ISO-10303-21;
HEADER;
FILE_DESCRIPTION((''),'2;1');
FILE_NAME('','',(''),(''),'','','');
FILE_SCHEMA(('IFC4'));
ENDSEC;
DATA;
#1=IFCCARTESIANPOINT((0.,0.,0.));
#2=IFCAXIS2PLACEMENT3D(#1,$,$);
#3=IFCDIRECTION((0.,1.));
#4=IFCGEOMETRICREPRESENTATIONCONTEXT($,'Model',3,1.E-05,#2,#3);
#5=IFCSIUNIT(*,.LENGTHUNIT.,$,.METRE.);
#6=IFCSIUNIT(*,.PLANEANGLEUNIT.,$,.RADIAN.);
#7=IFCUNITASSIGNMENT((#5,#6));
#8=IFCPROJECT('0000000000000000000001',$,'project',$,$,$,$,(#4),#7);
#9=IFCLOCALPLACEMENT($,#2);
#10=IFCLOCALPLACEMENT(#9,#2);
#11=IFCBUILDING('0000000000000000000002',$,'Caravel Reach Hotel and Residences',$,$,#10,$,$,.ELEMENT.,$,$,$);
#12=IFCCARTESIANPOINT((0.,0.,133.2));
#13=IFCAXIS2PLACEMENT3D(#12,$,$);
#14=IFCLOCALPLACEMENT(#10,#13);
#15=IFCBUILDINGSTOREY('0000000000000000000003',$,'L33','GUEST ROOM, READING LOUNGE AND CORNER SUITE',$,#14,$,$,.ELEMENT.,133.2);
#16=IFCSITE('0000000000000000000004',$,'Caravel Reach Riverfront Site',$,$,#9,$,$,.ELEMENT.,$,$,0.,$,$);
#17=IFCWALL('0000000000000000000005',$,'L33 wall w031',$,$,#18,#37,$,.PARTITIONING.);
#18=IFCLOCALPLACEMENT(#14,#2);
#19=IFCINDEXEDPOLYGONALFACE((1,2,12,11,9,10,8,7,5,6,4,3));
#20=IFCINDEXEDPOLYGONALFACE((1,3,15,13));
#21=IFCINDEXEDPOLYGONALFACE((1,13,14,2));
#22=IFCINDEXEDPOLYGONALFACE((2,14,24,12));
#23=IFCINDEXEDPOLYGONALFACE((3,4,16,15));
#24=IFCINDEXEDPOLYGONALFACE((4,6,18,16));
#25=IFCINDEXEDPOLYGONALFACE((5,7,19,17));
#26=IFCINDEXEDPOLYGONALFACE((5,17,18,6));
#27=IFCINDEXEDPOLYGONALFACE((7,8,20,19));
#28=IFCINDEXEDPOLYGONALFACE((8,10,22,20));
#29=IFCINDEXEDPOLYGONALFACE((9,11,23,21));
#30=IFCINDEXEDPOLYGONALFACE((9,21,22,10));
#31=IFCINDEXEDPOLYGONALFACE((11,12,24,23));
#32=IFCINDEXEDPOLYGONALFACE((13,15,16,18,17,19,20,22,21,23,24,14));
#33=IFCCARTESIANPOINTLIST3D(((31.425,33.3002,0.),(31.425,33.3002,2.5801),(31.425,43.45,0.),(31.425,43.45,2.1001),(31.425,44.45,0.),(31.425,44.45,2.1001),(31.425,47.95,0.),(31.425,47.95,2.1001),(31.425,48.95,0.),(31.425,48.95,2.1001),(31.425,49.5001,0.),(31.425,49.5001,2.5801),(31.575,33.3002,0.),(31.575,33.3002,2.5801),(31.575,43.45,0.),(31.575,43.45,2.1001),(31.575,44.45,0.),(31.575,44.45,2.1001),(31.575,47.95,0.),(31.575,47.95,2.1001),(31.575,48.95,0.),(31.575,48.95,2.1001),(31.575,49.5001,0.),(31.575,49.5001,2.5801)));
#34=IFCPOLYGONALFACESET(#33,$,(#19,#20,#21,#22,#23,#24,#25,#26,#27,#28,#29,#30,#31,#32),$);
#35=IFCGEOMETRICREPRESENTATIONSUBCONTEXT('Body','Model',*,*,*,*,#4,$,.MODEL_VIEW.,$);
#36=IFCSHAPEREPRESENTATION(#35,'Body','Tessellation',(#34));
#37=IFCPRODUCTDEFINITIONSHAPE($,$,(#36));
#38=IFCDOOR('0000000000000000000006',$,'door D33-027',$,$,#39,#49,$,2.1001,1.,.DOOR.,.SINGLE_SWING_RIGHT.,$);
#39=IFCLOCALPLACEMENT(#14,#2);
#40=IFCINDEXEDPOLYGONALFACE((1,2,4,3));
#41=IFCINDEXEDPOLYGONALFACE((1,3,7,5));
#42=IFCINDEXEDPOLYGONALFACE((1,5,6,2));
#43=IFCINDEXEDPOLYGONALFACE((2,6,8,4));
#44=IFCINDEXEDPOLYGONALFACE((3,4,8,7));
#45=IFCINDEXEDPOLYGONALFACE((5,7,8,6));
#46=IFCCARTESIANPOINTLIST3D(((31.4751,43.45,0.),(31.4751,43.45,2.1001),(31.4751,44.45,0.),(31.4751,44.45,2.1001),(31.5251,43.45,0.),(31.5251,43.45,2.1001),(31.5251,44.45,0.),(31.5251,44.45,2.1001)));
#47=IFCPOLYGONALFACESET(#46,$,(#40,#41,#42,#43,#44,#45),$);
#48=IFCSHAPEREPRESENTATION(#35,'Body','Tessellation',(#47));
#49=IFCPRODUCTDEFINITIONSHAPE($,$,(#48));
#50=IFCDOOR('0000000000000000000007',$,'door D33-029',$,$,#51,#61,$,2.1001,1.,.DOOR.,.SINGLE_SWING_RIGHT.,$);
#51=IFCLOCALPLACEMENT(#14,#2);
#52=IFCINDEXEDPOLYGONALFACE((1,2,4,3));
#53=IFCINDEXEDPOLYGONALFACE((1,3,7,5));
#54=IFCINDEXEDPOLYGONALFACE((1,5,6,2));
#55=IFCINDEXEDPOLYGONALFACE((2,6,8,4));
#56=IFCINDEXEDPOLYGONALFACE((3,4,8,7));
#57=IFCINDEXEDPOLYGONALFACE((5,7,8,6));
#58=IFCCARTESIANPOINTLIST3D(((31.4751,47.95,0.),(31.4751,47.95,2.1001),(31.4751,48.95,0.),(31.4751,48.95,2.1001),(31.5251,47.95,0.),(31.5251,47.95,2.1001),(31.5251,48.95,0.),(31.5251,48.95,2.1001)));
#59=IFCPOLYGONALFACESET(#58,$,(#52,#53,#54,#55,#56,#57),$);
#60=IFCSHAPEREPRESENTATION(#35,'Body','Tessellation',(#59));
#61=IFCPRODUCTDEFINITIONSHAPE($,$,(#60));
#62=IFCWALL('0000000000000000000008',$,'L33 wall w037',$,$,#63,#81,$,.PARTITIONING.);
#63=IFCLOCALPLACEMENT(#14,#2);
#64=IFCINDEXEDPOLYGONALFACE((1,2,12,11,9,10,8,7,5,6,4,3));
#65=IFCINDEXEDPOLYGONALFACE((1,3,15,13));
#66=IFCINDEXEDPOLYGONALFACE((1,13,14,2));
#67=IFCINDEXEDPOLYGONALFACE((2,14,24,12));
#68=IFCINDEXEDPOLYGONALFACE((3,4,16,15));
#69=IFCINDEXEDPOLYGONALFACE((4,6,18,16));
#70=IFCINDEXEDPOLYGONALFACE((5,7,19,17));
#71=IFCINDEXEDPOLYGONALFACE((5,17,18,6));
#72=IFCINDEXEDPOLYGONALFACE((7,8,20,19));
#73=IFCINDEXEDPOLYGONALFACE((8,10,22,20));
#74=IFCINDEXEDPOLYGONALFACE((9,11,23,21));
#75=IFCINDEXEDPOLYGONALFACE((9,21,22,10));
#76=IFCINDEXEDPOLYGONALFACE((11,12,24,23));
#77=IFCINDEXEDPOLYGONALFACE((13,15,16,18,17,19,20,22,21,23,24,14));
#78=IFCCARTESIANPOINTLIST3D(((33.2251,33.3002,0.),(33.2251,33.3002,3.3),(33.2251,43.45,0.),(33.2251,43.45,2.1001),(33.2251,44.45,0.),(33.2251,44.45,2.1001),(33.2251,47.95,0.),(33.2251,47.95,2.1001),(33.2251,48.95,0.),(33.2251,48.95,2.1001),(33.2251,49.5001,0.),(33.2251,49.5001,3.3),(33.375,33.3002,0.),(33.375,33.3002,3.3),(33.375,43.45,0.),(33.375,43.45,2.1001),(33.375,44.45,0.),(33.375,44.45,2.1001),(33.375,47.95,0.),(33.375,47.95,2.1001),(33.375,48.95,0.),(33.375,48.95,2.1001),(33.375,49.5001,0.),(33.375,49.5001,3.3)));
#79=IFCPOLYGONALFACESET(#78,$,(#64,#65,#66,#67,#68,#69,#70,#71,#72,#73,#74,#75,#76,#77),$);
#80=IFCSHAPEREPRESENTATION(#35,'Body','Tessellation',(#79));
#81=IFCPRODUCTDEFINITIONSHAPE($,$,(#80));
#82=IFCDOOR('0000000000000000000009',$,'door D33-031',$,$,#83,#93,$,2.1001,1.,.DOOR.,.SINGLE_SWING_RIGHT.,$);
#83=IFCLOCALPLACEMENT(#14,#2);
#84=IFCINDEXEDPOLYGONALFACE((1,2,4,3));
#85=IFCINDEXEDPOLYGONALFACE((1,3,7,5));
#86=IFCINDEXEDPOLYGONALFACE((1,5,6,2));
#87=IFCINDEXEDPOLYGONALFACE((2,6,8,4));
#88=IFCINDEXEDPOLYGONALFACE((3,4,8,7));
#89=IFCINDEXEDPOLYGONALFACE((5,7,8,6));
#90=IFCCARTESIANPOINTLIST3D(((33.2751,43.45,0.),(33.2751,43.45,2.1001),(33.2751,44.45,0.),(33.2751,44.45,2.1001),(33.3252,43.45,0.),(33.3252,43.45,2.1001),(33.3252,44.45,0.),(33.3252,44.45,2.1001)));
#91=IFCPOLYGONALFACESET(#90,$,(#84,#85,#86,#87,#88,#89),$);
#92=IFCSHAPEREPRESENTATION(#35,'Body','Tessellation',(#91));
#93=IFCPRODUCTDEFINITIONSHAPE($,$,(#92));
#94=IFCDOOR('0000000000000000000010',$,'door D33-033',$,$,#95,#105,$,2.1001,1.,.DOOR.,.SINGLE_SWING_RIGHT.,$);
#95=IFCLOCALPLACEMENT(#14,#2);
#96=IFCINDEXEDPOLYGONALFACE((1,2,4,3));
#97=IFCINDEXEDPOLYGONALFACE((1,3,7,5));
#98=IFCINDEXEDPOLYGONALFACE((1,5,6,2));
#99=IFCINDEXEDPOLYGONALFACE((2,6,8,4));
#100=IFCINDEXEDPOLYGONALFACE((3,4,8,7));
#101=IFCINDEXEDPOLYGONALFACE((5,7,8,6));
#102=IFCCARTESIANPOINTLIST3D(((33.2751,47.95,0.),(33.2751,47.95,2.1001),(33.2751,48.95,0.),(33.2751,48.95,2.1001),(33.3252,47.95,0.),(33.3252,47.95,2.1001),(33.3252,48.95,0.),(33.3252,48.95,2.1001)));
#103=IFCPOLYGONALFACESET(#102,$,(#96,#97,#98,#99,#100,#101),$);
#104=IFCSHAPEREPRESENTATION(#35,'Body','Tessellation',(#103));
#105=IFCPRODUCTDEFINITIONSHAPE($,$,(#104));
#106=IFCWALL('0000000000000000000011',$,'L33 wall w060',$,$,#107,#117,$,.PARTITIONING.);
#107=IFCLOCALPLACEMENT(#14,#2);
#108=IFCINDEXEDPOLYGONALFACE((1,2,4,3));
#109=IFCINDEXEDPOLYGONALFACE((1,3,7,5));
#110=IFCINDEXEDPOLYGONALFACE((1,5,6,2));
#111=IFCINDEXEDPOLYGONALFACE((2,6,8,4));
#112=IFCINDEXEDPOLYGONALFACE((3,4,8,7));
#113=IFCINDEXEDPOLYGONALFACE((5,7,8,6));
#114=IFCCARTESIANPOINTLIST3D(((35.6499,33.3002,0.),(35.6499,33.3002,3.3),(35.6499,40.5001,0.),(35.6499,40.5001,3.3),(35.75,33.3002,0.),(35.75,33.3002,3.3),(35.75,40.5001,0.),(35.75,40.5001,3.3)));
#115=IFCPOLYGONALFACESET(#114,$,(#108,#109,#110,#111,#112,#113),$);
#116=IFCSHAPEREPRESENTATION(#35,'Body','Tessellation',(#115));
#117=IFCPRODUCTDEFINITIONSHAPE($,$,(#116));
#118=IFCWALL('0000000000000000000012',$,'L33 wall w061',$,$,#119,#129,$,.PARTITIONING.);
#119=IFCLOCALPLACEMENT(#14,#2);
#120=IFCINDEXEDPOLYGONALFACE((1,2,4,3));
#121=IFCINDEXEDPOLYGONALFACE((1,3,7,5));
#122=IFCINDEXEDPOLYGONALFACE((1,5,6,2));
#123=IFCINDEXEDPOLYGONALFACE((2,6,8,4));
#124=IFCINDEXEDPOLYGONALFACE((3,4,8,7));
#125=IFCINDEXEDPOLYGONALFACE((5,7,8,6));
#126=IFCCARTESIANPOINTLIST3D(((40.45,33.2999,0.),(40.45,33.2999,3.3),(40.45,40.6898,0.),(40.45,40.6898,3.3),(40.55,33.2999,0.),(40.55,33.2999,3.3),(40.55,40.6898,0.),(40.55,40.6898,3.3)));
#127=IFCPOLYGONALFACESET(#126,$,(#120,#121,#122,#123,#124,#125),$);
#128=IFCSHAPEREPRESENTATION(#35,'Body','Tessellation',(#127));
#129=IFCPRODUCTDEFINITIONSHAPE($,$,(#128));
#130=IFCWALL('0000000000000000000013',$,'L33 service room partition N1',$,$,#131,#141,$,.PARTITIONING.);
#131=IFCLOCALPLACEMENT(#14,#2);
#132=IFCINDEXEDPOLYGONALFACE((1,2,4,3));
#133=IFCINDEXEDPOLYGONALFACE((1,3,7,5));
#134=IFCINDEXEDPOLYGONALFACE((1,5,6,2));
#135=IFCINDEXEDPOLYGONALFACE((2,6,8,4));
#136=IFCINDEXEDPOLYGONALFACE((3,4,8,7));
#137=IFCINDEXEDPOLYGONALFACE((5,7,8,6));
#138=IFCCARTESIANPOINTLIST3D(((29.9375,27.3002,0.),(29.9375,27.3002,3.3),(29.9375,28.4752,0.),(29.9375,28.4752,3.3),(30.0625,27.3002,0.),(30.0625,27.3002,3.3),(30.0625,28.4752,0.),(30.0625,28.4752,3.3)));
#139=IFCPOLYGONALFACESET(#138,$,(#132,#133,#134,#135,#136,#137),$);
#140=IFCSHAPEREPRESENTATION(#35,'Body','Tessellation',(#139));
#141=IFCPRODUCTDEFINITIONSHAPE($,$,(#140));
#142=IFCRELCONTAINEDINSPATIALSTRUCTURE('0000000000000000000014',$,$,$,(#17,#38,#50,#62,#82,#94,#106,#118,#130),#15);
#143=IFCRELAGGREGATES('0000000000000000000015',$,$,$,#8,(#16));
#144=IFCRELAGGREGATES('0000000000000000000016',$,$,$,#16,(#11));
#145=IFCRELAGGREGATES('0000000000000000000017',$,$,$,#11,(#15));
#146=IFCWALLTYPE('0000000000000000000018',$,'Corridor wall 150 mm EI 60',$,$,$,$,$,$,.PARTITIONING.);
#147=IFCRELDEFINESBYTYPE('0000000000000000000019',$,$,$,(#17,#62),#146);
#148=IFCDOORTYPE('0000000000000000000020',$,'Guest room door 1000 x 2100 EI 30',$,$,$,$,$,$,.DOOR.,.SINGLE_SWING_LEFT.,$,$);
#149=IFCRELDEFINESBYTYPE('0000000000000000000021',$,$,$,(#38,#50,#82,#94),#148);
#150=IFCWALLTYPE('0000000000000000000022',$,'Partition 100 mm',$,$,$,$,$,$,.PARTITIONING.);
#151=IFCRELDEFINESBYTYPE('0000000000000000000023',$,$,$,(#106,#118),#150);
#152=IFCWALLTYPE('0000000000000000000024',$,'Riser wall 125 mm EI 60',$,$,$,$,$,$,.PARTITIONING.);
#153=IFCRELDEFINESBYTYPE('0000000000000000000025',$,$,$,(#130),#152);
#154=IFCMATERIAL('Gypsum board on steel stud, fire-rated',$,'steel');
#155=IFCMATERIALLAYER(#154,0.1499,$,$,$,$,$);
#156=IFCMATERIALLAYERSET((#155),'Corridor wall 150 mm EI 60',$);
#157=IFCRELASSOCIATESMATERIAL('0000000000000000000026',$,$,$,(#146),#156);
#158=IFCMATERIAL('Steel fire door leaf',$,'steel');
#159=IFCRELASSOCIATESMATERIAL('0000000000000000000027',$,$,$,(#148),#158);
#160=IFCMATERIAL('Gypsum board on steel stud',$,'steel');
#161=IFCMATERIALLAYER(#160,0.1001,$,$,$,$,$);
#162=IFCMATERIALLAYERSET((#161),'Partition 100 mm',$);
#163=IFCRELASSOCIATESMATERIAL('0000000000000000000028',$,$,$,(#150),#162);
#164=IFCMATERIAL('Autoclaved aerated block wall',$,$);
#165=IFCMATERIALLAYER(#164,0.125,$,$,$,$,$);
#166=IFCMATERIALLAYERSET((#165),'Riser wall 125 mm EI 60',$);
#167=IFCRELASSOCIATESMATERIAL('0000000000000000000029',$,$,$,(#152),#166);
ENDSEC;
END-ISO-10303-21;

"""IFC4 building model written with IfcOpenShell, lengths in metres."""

from ifc_helpers import new_model, si_unit, direction, frame, frame_2d, origin, place, context, subcontext, project, spatial, rectangle, extrude, material, layer, layer_set, type_object, element, fill, save


model = new_model("IFC4")

# Units and contexts
model_context = context("Model", 3, precision=1e-05, world=origin(), true_north=direction((0.0, 1.0)))
body_context = subcontext(model_context, "Body", "Model", "MODEL_VIEW")
ifc_project = project(units=[si_unit("LENGTHUNIT", "METRE"), si_unit("PLANEANGLEUNIT", "RADIAN")], contexts=[model_context])

# Site, building, storey
site_placement = place(None, origin())
site = spatial("IfcSite", under=ifc_project, at=site_placement, Name="Caravel Reach Riverfront Site", CompositionType="ELEMENT", RefElevation=0.0)
building_placement = place(site_placement, origin())
building = spatial("IfcBuilding", under=site, at=building_placement, Name="Caravel Reach Hotel and Residences", CompositionType="ELEMENT")
storey_placement = place(building_placement, frame((0.0, 0.0, 133.2)))
storey = spatial("IfcBuildingStorey", under=building, at=storey_placement, Name="L33", Description="GUEST ROOM, READING LOUNGE AND CORNER SUITE", CompositionType="ELEMENT", Elevation=133.2)

# Walls, openings, doors
ifc_material_1 = material(Name="Gypsum board on steel stud, fire-rated", Category="steel")
ifc_layer_1 = layer(ifc_material_1, 0.1499)
ifc_layer_set_1 = layer_set([ifc_layer_1], Name="Corridor wall 150 mm EI 60")
wall_type_1 = type_object("IfcWallType", Name="Corridor wall 150 mm EI 60", PredefinedType="PARTITIONING", material=ifc_layer_set_1)
ifc_material_2 = material(Name="Steel fire door leaf", Category="steel")
door_type_1 = type_object("IfcDoorType", Name="Guest room door 1000 x 2100 EI 30", OperationType="SINGLE_SWING_LEFT", PredefinedType="DOOR", material=ifc_material_2)
wall_1_placement = place(storey_placement, frame((31.5, 33.3, 0.0), z_axis=(0.0, 0.0, 1.0), x_axis=(0.0, 1.0, 0.0)))
wall_1 = element("IfcWall", 1, at=wall_1_placement, inside=storey, type_object=wall_type_1, Name="L33 wall w031", PredefinedType="PARTITIONING", context=body_context, shape_type="SweptSolid", body=[
    extrude(rectangle(XDim=16.2, YDim=0.1499, at=frame_2d((8.1001, 0.0))), origin(), (0.0, 0.0, 1.0), 2.5801),
])
opening_1_placement = place(wall_1_placement, frame((10.1499, 0.0, 0.0)))
opening_1 = element("IfcOpeningElement", 2, at=opening_1_placement, cuts=wall_1, PredefinedType="OPENING", context=body_context, shape_type="SweptSolid", body=[
    extrude(rectangle(XDim=1.0, YDim=2.1001, at=frame_2d((0.5, 1.05))), frame((0.0, 0.085, 0.0), z_axis=(0.0, -1.0, 0.0), x_axis=(1.0, 0.0, 0.0)), (0.0, 0.0, 1.0), 0.1699),
])
opening_2_placement = place(wall_1_placement, frame((14.6499, 0.0, 0.0)))
opening_2 = element("IfcOpeningElement", 3, at=opening_2_placement, cuts=wall_1, PredefinedType="OPENING", context=body_context, shape_type="SweptSolid", body=[
    extrude(rectangle(XDim=1.0, YDim=2.1001, at=frame_2d((0.5, 1.05))), frame((0.0, 0.085, 0.0), z_axis=(0.0, -1.0, 0.0), x_axis=(1.0, 0.0, 0.0)), (0.0, 0.0, 1.0), 0.1699),
])
door_1_placement = place(opening_1_placement, origin())
door_1 = element("IfcDoor", 4, at=door_1_placement, inside=storey, type_object=door_type_1, Name="door D33-027", OperationType="SINGLE_SWING_RIGHT", OverallHeight=2.1001, OverallWidth=1.0, PredefinedType="DOOR", context=body_context, shape_type="SweptSolid", body=[
    extrude(rectangle(XDim=1.0, YDim=2.1001, at=frame_2d((0.5, 1.05))), frame((0.0, 0.0249, 0.0), z_axis=(0.0, -1.0, 0.0), x_axis=(1.0, 0.0, 0.0)), (0.0, 0.0, 1.0), 0.05),
])
fill(opening_1, door_1)
door_2_placement = place(opening_2_placement, origin())
door_2 = element("IfcDoor", 5, at=door_2_placement, inside=storey, type_object=door_type_1, Name="door D33-029", OperationType="SINGLE_SWING_RIGHT", OverallHeight=2.1001, OverallWidth=1.0, PredefinedType="DOOR", context=body_context, shape_type="SweptSolid", body=[
    extrude(rectangle(XDim=1.0, YDim=2.1001, at=frame_2d((0.5, 1.05))), frame((0.0, 0.0249, 0.0), z_axis=(0.0, -1.0, 0.0), x_axis=(1.0, 0.0, 0.0)), (0.0, 0.0, 1.0), 0.05),
])
fill(opening_2, door_2)
wall_2_placement = place(storey_placement, frame((33.3, 33.3, 0.0), z_axis=(0.0, 0.0, 1.0), x_axis=(0.0, 1.0, 0.0)))
wall_2 = element("IfcWall", 6, at=wall_2_placement, inside=storey, type_object=wall_type_1, Name="L33 wall w037", PredefinedType="PARTITIONING", context=body_context, shape_type="SweptSolid", body=[
    extrude(rectangle(XDim=16.2, YDim=0.1499, at=frame_2d((8.1001, 0.0))), origin(), (0.0, 0.0, 1.0), 3.3),
])
opening_3_placement = place(wall_2_placement, frame((10.1499, 0.0, 0.0)))
opening_3 = element("IfcOpeningElement", 7, at=opening_3_placement, cuts=wall_2, PredefinedType="OPENING", context=body_context, shape_type="SweptSolid", body=[
    extrude(rectangle(XDim=1.0, YDim=2.1001, at=frame_2d((0.5, 1.05))), frame((0.0, 0.085, 0.0), z_axis=(0.0, -1.0, 0.0), x_axis=(1.0, 0.0, 0.0)), (0.0, 0.0, 1.0), 0.1699),
])
opening_4_placement = place(wall_2_placement, frame((14.6499, 0.0, 0.0)))
opening_4 = element("IfcOpeningElement", 8, at=opening_4_placement, cuts=wall_2, PredefinedType="OPENING", context=body_context, shape_type="SweptSolid", body=[
    extrude(rectangle(XDim=1.0, YDim=2.1001, at=frame_2d((0.5, 1.05))), frame((0.0, 0.085, 0.0), z_axis=(0.0, -1.0, 0.0), x_axis=(1.0, 0.0, 0.0)), (0.0, 0.0, 1.0), 0.1699),
])
door_3_placement = place(opening_3_placement, origin())
door_3 = element("IfcDoor", 9, at=door_3_placement, inside=storey, type_object=door_type_1, Name="door D33-031", OperationType="SINGLE_SWING_RIGHT", OverallHeight=2.1001, OverallWidth=1.0, PredefinedType="DOOR", context=body_context, shape_type="SweptSolid", body=[
    extrude(rectangle(XDim=1.0, YDim=2.1001, at=frame_2d((0.5, 1.05))), frame((0.0, 0.0249, 0.0), z_axis=(0.0, -1.0, 0.0), x_axis=(1.0, 0.0, 0.0)), (0.0, 0.0, 1.0), 0.05),
])
fill(opening_3, door_3)
door_4_placement = place(opening_4_placement, origin())
door_4 = element("IfcDoor", 10, at=door_4_placement, inside=storey, type_object=door_type_1, Name="door D33-033", OperationType="SINGLE_SWING_RIGHT", OverallHeight=2.1001, OverallWidth=1.0, PredefinedType="DOOR", context=body_context, shape_type="SweptSolid", body=[
    extrude(rectangle(XDim=1.0, YDim=2.1001, at=frame_2d((0.5, 1.05))), frame((0.0, 0.0249, 0.0), z_axis=(0.0, -1.0, 0.0), x_axis=(1.0, 0.0, 0.0)), (0.0, 0.0, 1.0), 0.05),
])
fill(opening_4, door_4)

# Walls
ifc_material_3 = material(Name="Gypsum board on steel stud", Category="steel")
ifc_layer_2 = layer(ifc_material_3, 0.1001)
ifc_layer_set_2 = layer_set([ifc_layer_2], Name="Partition 100 mm")
wall_type_2 = type_object("IfcWallType", Name="Partition 100 mm", PredefinedType="PARTITIONING", material=ifc_layer_set_2)
wall_3_placement = place(storey_placement, frame((35.7, 33.3, 0.0), z_axis=(0.0, 0.0, 1.0), x_axis=(0.0, 1.0, 0.0)))
element("IfcWall", 11, at=wall_3_placement, inside=storey, type_object=wall_type_2, Name="L33 wall w060", PredefinedType="PARTITIONING", context=body_context, shape_type="SweptSolid", body=[
    extrude(rectangle(XDim=7.2, YDim=0.1001, at=frame_2d((3.6001, 0.0))), origin(), (0.0, 0.0, 1.0), 3.3),
])
wall_4_placement = place(storey_placement, frame((40.5, 33.3, 0.0), z_axis=(0.0, 0.0, 1.0), x_axis=(0.0, 1.0, 0.0)))
element("IfcWall", 12, at=wall_4_placement, inside=storey, type_object=wall_type_2, Name="L33 wall w061", PredefinedType="PARTITIONING", context=body_context, shape_type="SweptSolid", body=[
    extrude(rectangle(XDim=7.3899, YDim=0.1001, at=frame_2d((3.6948, 0.0))), origin(), (0.0, 0.0, 1.0), 3.3),
])
ifc_material_4 = material(Name="Autoclaved aerated block wall")
ifc_layer_3 = layer(ifc_material_4, 0.125)
ifc_layer_set_3 = layer_set([ifc_layer_3], Name="Riser wall 125 mm EI 60")
wall_type_3 = type_object("IfcWallType", Name="Riser wall 125 mm EI 60", PredefinedType="PARTITIONING", material=ifc_layer_set_3)
wall_5_placement = place(storey_placement, frame((30.0, 28.4751, 0.0), z_axis=(0.0, 0.0, 1.0), x_axis=(0.0, -1.0, 0.0)))
element("IfcWall", 13, at=wall_5_placement, inside=storey, type_object=wall_type_3, Name="L33 service room partition N1", PredefinedType="PARTITIONING", context=body_context, shape_type="SweptSolid", body=[
    extrude(rectangle(XDim=1.175, YDim=0.125, at=frame_2d((0.5874, 0.0))), origin(), (0.0, 0.0, 1.0), 3.3),
])

save(model, "model.ifc")
